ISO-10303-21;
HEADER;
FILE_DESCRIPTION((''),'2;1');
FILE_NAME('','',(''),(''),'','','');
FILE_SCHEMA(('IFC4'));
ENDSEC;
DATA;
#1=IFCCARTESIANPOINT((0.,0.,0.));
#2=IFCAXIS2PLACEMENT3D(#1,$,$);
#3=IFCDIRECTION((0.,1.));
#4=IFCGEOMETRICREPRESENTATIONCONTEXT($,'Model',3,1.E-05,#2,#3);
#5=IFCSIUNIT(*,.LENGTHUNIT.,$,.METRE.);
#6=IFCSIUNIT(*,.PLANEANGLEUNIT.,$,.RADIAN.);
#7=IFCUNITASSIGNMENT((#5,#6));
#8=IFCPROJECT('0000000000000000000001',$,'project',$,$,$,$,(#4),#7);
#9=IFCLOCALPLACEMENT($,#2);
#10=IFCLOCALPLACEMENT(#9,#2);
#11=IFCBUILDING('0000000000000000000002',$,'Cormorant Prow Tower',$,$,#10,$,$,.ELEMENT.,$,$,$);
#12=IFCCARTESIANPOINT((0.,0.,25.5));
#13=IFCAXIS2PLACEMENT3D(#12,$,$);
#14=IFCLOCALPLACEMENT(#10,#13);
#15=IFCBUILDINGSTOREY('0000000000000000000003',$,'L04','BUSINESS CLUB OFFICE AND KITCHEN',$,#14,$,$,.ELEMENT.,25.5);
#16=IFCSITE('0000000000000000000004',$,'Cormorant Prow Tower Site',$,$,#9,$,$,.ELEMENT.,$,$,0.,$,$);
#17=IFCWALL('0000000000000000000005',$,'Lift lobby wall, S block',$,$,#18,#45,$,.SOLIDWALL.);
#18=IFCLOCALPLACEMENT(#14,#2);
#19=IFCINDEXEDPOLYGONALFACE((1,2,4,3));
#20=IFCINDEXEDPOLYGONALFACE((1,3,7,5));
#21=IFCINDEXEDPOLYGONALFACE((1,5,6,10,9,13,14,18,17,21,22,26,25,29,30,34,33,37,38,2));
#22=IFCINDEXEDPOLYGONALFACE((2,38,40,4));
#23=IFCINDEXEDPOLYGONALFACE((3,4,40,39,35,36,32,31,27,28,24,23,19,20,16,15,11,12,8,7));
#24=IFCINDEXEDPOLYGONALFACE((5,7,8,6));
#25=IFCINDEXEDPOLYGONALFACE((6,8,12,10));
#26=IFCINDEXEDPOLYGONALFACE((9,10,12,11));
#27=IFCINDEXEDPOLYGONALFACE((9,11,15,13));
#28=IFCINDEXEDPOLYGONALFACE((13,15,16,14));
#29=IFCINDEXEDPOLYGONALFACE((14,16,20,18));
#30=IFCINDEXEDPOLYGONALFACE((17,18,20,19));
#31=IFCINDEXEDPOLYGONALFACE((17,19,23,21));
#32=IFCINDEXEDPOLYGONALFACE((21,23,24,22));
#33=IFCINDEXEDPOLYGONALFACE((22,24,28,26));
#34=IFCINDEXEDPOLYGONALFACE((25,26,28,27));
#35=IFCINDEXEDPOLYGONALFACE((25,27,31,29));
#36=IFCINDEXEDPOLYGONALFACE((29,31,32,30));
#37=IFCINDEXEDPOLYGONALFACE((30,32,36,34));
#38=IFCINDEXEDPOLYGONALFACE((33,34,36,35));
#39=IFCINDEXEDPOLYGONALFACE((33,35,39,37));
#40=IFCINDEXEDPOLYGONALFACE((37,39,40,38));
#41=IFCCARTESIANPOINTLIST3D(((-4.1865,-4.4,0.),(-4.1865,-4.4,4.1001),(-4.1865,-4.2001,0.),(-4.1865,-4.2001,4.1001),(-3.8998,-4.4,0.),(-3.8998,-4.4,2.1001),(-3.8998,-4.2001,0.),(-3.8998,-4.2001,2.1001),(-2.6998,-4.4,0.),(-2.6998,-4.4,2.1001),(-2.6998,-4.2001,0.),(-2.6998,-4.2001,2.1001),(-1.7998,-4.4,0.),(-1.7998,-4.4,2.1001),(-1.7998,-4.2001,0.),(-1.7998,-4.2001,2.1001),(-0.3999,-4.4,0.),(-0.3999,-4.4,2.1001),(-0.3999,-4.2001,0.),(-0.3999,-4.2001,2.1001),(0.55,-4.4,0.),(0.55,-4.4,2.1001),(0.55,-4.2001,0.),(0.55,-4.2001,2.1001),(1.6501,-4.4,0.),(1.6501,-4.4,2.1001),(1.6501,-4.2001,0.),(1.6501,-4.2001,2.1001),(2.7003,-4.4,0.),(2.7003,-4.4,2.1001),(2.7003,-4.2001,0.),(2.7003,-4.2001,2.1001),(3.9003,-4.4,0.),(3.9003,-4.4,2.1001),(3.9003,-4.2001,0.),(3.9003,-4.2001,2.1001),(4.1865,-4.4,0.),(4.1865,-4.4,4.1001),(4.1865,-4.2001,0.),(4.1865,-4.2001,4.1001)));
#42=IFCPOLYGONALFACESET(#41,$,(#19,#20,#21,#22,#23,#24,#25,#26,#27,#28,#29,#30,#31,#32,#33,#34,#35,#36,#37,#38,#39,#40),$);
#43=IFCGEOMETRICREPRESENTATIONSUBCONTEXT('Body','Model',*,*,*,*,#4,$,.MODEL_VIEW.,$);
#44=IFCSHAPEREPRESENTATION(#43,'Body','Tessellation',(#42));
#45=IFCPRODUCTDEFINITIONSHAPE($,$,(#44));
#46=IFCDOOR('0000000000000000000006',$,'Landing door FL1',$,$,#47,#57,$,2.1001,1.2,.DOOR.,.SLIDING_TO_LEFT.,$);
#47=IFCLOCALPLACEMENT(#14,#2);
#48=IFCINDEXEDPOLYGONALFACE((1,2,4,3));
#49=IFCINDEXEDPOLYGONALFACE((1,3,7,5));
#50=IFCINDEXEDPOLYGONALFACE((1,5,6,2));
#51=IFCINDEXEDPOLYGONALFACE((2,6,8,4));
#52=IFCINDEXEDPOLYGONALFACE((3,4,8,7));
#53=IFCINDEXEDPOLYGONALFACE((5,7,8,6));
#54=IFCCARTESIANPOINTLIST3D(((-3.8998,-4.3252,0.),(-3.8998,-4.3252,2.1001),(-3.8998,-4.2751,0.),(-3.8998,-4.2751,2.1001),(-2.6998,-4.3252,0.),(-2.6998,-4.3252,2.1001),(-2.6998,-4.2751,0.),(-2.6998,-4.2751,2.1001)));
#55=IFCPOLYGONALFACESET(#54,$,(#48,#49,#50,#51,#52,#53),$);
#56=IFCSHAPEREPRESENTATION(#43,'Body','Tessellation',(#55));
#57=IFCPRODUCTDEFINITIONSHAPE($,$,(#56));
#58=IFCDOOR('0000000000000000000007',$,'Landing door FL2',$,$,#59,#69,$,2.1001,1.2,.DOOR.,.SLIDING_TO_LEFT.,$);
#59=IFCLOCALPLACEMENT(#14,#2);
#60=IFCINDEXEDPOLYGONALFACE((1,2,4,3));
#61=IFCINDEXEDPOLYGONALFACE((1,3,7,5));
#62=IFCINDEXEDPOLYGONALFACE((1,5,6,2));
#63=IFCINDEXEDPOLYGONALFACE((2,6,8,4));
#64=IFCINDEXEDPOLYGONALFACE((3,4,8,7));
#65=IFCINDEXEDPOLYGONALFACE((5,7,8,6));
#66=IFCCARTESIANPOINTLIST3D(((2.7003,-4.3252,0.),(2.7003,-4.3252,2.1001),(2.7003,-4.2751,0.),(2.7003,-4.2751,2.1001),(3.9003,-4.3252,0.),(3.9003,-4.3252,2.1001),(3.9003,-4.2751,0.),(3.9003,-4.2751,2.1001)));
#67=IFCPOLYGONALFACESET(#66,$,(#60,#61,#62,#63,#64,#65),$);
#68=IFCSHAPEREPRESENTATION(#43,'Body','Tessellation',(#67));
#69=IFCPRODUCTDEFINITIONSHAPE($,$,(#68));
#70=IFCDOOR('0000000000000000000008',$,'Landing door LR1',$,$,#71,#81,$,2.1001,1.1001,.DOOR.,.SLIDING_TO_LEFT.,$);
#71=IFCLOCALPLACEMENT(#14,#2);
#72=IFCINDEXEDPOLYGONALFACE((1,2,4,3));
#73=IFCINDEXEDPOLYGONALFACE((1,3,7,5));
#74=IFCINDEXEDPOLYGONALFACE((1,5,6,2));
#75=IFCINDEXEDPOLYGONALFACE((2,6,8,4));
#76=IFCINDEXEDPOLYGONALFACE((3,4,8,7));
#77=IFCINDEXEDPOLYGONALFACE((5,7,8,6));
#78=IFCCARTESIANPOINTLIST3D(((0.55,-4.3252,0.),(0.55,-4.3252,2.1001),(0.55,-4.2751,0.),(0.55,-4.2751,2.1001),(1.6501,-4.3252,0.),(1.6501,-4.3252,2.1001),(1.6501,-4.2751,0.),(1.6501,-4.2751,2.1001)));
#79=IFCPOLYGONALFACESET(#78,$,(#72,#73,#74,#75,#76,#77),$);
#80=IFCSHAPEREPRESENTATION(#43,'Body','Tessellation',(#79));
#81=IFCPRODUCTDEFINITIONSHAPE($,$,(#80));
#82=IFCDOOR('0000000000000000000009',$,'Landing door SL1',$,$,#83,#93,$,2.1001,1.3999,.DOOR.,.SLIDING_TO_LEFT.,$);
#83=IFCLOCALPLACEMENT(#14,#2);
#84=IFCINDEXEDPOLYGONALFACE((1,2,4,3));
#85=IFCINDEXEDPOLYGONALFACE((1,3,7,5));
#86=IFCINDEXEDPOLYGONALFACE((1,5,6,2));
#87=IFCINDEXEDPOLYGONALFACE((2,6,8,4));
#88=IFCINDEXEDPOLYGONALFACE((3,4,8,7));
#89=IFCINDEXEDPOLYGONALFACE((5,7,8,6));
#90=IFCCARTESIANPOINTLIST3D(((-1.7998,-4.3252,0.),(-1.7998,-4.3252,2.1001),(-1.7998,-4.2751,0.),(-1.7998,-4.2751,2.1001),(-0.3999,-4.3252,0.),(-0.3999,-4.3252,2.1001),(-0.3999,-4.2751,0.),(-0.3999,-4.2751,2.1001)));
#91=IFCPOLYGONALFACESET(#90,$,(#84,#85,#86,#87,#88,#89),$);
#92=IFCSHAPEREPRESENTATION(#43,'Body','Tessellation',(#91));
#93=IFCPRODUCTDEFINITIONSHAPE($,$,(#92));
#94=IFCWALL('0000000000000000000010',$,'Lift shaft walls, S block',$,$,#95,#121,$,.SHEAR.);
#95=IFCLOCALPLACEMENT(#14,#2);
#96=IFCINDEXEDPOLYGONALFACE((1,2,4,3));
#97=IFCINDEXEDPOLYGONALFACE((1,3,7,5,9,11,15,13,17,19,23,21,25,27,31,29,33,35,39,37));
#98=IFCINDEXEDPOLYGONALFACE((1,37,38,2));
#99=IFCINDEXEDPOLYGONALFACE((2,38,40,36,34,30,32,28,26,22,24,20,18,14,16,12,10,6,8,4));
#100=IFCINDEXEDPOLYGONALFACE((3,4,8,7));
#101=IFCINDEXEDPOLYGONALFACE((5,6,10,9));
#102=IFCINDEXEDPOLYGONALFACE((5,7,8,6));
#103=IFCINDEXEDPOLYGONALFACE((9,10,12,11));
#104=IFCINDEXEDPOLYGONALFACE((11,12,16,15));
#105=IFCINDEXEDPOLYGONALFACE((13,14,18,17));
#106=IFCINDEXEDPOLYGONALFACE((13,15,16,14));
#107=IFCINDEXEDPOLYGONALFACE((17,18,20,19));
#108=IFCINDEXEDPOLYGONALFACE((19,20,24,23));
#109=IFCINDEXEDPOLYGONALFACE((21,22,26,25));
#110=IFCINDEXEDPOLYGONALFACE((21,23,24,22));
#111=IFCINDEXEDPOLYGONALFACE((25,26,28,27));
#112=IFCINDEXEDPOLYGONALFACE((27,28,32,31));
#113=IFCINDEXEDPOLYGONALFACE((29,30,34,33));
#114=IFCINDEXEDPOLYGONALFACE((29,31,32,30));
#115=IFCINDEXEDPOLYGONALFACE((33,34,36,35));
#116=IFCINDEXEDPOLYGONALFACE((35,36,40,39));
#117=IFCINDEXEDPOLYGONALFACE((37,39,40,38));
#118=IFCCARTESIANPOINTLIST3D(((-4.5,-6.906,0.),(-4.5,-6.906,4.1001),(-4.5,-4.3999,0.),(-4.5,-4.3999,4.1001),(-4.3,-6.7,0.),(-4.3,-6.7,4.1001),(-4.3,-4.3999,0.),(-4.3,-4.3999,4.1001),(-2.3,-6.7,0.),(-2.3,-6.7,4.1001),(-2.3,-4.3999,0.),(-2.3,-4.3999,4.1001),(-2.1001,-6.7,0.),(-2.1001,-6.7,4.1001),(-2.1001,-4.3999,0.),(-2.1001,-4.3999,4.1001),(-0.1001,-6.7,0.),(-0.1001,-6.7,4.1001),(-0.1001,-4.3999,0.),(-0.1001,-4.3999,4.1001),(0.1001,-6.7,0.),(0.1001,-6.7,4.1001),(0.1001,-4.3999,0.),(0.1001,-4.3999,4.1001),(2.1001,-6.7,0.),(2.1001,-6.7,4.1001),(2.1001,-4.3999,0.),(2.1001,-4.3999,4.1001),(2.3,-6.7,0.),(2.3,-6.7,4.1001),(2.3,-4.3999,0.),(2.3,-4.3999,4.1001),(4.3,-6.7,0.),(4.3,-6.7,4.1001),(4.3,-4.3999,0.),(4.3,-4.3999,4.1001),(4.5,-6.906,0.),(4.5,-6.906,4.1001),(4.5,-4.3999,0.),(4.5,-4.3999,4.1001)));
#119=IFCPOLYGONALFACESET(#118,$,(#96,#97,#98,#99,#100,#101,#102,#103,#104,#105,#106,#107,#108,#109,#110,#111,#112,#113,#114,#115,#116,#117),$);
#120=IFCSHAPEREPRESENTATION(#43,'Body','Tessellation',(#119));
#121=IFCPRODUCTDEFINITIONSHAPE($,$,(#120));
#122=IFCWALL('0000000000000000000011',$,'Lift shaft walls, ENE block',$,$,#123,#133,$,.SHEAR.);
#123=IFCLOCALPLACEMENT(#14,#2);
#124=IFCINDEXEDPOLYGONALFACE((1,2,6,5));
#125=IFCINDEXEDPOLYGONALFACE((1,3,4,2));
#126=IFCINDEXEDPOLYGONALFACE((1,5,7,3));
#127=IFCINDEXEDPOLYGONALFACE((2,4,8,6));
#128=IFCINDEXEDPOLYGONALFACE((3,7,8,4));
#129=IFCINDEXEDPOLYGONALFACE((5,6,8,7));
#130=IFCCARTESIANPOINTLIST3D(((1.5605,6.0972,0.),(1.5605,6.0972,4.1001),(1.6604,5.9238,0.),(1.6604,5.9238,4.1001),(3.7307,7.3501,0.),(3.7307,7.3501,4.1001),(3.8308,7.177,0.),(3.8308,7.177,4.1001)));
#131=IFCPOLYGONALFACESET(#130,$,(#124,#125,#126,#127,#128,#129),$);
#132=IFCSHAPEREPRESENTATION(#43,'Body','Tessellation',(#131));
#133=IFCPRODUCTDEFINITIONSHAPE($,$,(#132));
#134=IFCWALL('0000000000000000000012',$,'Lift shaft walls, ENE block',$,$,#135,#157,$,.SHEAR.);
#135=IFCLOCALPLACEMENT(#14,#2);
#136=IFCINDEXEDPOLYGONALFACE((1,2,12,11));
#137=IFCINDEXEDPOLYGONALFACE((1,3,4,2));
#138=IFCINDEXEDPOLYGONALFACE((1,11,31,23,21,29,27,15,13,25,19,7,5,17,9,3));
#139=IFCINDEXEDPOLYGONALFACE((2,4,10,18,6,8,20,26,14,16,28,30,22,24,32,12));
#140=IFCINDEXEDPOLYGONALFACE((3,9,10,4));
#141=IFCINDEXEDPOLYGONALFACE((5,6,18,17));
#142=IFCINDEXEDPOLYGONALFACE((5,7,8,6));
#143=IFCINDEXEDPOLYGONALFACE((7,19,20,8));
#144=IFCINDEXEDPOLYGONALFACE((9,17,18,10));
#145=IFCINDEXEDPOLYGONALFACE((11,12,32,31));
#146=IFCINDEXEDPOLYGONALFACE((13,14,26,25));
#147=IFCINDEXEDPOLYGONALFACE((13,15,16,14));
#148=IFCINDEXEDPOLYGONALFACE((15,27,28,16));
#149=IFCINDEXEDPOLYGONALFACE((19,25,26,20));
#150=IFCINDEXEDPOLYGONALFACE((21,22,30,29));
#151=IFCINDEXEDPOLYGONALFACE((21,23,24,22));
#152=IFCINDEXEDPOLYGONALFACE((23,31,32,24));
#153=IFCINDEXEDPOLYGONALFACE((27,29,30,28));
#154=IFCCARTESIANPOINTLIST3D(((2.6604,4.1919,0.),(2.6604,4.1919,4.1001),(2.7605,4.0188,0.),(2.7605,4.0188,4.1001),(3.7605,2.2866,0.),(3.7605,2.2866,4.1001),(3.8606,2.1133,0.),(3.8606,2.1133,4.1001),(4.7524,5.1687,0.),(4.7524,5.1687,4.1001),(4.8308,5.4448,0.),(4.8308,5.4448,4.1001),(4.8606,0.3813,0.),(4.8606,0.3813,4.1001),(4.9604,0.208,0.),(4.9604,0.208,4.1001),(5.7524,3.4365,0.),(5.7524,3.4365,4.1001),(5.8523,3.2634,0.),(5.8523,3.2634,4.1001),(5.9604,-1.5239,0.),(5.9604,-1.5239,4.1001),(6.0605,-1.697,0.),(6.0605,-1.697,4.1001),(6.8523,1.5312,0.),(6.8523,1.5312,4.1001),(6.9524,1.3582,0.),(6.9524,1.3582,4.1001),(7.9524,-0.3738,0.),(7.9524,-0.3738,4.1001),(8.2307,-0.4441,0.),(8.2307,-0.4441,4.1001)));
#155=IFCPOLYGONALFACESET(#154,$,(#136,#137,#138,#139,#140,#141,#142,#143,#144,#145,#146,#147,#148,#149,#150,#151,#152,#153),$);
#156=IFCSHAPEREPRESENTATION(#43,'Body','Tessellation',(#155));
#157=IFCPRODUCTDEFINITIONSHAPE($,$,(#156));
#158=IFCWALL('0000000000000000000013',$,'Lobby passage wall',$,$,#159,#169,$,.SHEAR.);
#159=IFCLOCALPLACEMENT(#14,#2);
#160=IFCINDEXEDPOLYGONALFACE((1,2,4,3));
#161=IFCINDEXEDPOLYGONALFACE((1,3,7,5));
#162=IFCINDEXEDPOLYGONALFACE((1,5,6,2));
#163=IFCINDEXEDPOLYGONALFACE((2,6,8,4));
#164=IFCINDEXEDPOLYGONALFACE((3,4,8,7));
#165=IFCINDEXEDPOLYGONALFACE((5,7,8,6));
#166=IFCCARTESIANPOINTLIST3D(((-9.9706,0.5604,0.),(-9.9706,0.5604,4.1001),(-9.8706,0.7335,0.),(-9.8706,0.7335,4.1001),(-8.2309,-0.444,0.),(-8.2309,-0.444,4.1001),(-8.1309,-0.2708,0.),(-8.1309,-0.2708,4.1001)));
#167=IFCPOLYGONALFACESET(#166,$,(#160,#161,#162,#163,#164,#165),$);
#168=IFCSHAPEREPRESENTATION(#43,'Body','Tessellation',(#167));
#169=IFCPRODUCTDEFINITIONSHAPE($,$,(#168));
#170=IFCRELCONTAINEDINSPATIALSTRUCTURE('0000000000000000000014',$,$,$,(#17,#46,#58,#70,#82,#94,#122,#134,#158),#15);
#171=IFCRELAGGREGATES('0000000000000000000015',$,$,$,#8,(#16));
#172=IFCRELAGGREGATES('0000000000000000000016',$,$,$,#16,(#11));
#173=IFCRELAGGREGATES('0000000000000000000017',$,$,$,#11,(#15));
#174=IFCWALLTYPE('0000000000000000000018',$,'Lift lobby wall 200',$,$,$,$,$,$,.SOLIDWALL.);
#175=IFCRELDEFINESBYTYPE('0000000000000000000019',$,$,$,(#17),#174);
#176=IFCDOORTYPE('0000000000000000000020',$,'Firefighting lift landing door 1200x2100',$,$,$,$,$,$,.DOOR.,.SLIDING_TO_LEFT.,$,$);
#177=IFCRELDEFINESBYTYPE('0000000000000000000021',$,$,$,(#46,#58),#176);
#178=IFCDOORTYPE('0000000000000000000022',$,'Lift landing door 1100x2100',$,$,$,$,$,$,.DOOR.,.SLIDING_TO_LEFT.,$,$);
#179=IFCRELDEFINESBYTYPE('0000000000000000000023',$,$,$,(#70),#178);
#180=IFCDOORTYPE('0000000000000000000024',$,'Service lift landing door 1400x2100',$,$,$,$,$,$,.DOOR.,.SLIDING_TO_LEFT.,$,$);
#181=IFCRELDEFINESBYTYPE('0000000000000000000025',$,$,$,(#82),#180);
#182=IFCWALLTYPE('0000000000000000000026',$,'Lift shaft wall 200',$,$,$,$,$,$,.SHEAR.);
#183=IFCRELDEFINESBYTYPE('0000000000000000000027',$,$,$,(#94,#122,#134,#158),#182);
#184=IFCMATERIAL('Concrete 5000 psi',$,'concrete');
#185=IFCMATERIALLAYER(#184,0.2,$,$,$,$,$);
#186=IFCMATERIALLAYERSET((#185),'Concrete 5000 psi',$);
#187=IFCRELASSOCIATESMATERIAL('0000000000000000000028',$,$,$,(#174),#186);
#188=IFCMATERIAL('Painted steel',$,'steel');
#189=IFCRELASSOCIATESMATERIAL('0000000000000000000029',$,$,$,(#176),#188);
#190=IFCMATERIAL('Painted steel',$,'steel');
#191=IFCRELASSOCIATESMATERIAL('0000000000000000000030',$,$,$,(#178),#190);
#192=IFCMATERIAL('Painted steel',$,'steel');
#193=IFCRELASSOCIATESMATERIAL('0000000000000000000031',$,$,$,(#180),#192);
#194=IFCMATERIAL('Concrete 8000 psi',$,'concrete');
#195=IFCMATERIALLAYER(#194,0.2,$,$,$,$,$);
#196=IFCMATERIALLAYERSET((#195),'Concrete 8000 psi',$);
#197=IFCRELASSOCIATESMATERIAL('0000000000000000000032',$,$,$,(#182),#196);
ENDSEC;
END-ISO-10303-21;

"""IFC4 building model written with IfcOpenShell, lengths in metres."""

from ifc_helpers import new_model, si_unit, direction, frame, frame_2d, origin, place, context, subcontext, project, spatial, polyline, rectangle, outline, extrude, material, layer, layer_set, type_object, element, fill, save


model = new_model("IFC4")

# Units and contexts
model_context = context("Model", 3, precision=1e-05, world=origin(), true_north=direction((0.0, 1.0)))
body_context = subcontext(model_context, "Body", "Model", "MODEL_VIEW")
ifc_project = project(units=[si_unit("LENGTHUNIT", "METRE"), si_unit("PLANEANGLEUNIT", "RADIAN")], contexts=[model_context])

# Site, building, storey
site_placement = place(None, origin())
site = spatial("IfcSite", under=ifc_project, at=site_placement, Name="Cormorant Prow Tower Site", CompositionType="ELEMENT", RefElevation=0.0)
building_placement = place(site_placement, origin())
building = spatial("IfcBuilding", under=site, at=building_placement, Name="Cormorant Prow Tower", CompositionType="ELEMENT")
storey_placement = place(building_placement, frame((0.0, 0.0, 25.5)))
storey = spatial("IfcBuildingStorey", under=building, at=storey_placement, Name="L04", Description="BUSINESS CLUB OFFICE AND KITCHEN", CompositionType="ELEMENT", Elevation=25.5)

# Wall, openings, doors
ifc_material_1 = material(Name="Concrete 5000 psi", Category="concrete")
ifc_layer_1 = layer(ifc_material_1, 0.2)
ifc_layer_set_1 = layer_set([ifc_layer_1], Name="Concrete 5000 psi")
wall_type_1 = type_object("IfcWallType", Name="Lift lobby wall 200", PredefinedType="SOLIDWALL", material=ifc_layer_set_1)
wall_1_placement = place(storey_placement, frame((-4.1865, -4.3, 0.0), z_axis=(0.0, 0.0, 1.0), x_axis=(1.0, 0.0, 0.0)))
wall_1 = element("IfcWall", 1, at=wall_1_placement, inside=storey, type_object=wall_type_1, Name="Lift lobby wall, S block", PredefinedType="SOLIDWALL", context=body_context, shape_type="SweptSolid", body=[
    extrude(rectangle(XDim=8.373, YDim=0.2, at=frame_2d((4.1865, 0.0))), origin(), (0.0, 0.0, 1.0), 4.1001),
])
opening_1_placement = place(wall_1_placement, frame((0.2866, 0.0, 0.0)))
opening_1 = element("IfcOpeningElement", 2, at=opening_1_placement, cuts=wall_1, PredefinedType="OPENING", context=body_context, shape_type="SweptSolid", body=[
    extrude(rectangle(XDim=1.2, YDim=2.1001, at=frame_2d((0.6001, 1.05))), frame((0.0, 0.1099, 0.0), z_axis=(0.0, -1.0, 0.0), x_axis=(1.0, 0.0, 0.0)), (0.0, 0.0, 1.0), 0.22),
])
opening_2_placement = place(wall_1_placement, frame((2.3867, 0.0, 0.0)))
opening_2 = element("IfcOpeningElement", 3, at=opening_2_placement, cuts=wall_1, PredefinedType="OPENING", context=body_context, shape_type="SweptSolid", body=[
    extrude(rectangle(XDim=1.3999, YDim=2.1001, at=frame_2d((0.7, 1.05))), frame((0.0, 0.1099, 0.0), z_axis=(0.0, -1.0, 0.0), x_axis=(1.0, 0.0, 0.0)), (0.0, 0.0, 1.0), 0.22),
])
opening_3_placement = place(wall_1_placement, frame((4.7366, 0.0, 0.0)))
opening_3 = element("IfcOpeningElement", 4, at=opening_3_placement, cuts=wall_1, PredefinedType="OPENING", context=body_context, shape_type="SweptSolid", body=[
    extrude(rectangle(XDim=1.1001, YDim=2.1001, at=frame_2d((0.55, 1.05))), frame((0.0, 0.1099, 0.0), z_axis=(0.0, -1.0, 0.0), x_axis=(1.0, 0.0, 0.0)), (0.0, 0.0, 1.0), 0.22),
])
opening_4_placement = place(wall_1_placement, frame((6.8867, 0.0, 0.0)))
opening_4 = element("IfcOpeningElement", 5, at=opening_4_placement, cuts=wall_1, PredefinedType="OPENING", context=body_context, shape_type="SweptSolid", body=[
    extrude(rectangle(XDim=1.2, YDim=2.1001, at=frame_2d((0.6001, 1.05))), frame((0.0, 0.1099, 0.0), z_axis=(0.0, -1.0, 0.0), x_axis=(1.0, 0.0, 0.0)), (0.0, 0.0, 1.0), 0.22),
])
ifc_material_2 = material(Name="Painted steel", Category="steel")
door_type_1 = type_object("IfcDoorType", Name="Firefighting lift landing door 1200x2100", OperationType="SLIDING_TO_LEFT", PredefinedType="DOOR", material=ifc_material_2)
door_1_placement = place(opening_1_placement, origin())
door_1 = element("IfcDoor", 6, at=door_1_placement, inside=storey, type_object=door_type_1, Name="Landing door FL1", OperationType="SLIDING_TO_LEFT", OverallHeight=2.1001, OverallWidth=1.2, PredefinedType="DOOR", context=body_context, shape_type="SweptSolid", body=[
    extrude(rectangle(XDim=1.2, YDim=2.1001, at=frame_2d((0.6001, 1.05))), frame((0.0, 0.0249, 0.0), z_axis=(0.0, -1.0, 0.0), x_axis=(1.0, 0.0, 0.0)), (0.0, 0.0, 1.0), 0.05),
])
fill(opening_1, door_1)
door_2_placement = place(opening_4_placement, origin())
door_2 = element("IfcDoor", 7, at=door_2_placement, inside=storey, type_object=door_type_1, Name="Landing door FL2", OperationType="SLIDING_TO_LEFT", OverallHeight=2.1001, OverallWidth=1.2, PredefinedType="DOOR", context=body_context, shape_type="SweptSolid", body=[
    extrude(rectangle(XDim=1.2, YDim=2.1001, at=frame_2d((0.6001, 1.05))), frame((0.0, 0.0249, 0.0), z_axis=(0.0, -1.0, 0.0), x_axis=(1.0, 0.0, 0.0)), (0.0, 0.0, 1.0), 0.05),
])
fill(opening_4, door_2)
ifc_material_3 = material(Name="Painted steel", Category="steel")
door_type_2 = type_object("IfcDoorType", Name="Lift landing door 1100x2100", OperationType="SLIDING_TO_LEFT", PredefinedType="DOOR", material=ifc_material_3)
door_3_placement = place(opening_3_placement, origin())
door_3 = element("IfcDoor", 8, at=door_3_placement, inside=storey, type_object=door_type_2, Name="Landing door LR1", OperationType="SLIDING_TO_LEFT", OverallHeight=2.1001, OverallWidth=1.1001, PredefinedType="DOOR", context=body_context, shape_type="SweptSolid", body=[
    extrude(rectangle(XDim=1.1001, YDim=2.1001, at=frame_2d((0.55, 1.05))), frame((0.0, 0.0249, 0.0), z_axis=(0.0, -1.0, 0.0), x_axis=(1.0, 0.0, 0.0)), (0.0, 0.0, 1.0), 0.05),
])
fill(opening_3, door_3)
ifc_material_4 = material(Name="Painted steel", Category="steel")
door_type_3 = type_object("IfcDoorType", Name="Service lift landing door 1400x2100", OperationType="SLIDING_TO_LEFT", PredefinedType="DOOR", material=ifc_material_4)
door_4_placement = place(opening_2_placement, origin())
door_4 = element("IfcDoor", 9, at=door_4_placement, inside=storey, type_object=door_type_3, Name="Landing door SL1", OperationType="SLIDING_TO_LEFT", OverallHeight=2.1001, OverallWidth=1.3999, PredefinedType="DOOR", context=body_context, shape_type="SweptSolid", body=[
    extrude(rectangle(XDim=1.3999, YDim=2.1001, at=frame_2d((0.7, 1.05))), frame((0.0, 0.0249, 0.0), z_axis=(0.0, -1.0, 0.0), x_axis=(1.0, 0.0, 0.0)), (0.0, 0.0, 1.0), 0.05),
])
fill(opening_2, door_4)

# Walls
ifc_material_5 = material(Name="Concrete 8000 psi", Category="concrete")
ifc_layer_2 = layer(ifc_material_5, 0.2)
ifc_layer_set_2 = layer_set([ifc_layer_2], Name="Concrete 8000 psi")
wall_type_2 = type_object("IfcWallType", Name="Lift shaft wall 200", PredefinedType="SHEAR", material=ifc_layer_set_2)
wall_2_placement = place(storey_placement, origin())
element("IfcWall", 10, at=wall_2_placement, inside=storey, type_object=wall_type_2, Name="Lift shaft walls, S block", PredefinedType="SHEAR", context=body_context, shape_type="SweptSolid", body=[
    extrude(outline(polyline([(4.5, -4.3999), (4.5, -6.906), (-4.5, -6.906), (-4.5, -4.3999), (-4.3, -4.3999), (-4.3, -6.7), (-2.3, -6.7), (-2.3, -4.3999), (-2.1001, -4.3999), (-2.1001, -6.7), (-0.1001, -6.7), (-0.1001, -4.3999), (0.1001, -4.3999), (0.1001, -6.7), (2.1001, -6.7), (2.1001, -4.3999), (2.3, -4.3999), (2.3, -6.7), (4.3, -6.7), (4.3, -4.3999), (4.5, -4.3999)])), origin(), (0.0, 0.0, 1.0), 4.1001),
])
wall_3_placement = place(storey_placement, origin())
element("IfcWall", 11, at=wall_3_placement, inside=storey, type_object=wall_type_2, Name="Lift shaft walls, ENE block", PredefinedType="SHEAR", context=body_context, shape_type="SweptSolid", body=[
    extrude(outline(polyline([(1.5605, 6.0972), (3.7307, 7.3501), (3.8308, 7.177), (1.6604, 5.9238), (1.5605, 6.0972)])), origin(), (0.0, 0.0, 1.0), 4.1001),
])
wall_4_placement = place(storey_placement, origin())
element("IfcWall", 12, at=wall_4_placement, inside=storey, type_object=wall_type_2, Name="Lift shaft walls, ENE block", PredefinedType="SHEAR", context=body_context, shape_type="SweptSolid", body=[
    extrude(outline(polyline([(2.6604, 4.1919), (4.8308, 5.4448), (8.2307, -0.4441), (6.0605, -1.697), (5.9604, -1.5239), (7.9524, -0.3738), (6.9524, 1.3582), (4.9604, 0.208), (4.8606, 0.3813), (6.8523, 1.5312), (5.8523, 3.2634), (3.8606, 2.1133), (3.7605, 2.2866), (5.7524, 3.4365), (4.7524, 5.1687), (2.7605, 4.0188), (2.6604, 4.1919)])), origin(), (0.0, 0.0, 1.0), 4.1001),
])
wall_5_placement = place(storey_placement, frame((-8.1809, -0.3574, 0.0), z_axis=(0.0, 0.0, 1.0), x_axis=(-0.866036, 0.499982, 0.0)))
element("IfcWall", 13, at=wall_5_placement, inside=storey, type_object=wall_type_2, Name="Lobby passage wall", PredefinedType="SHEAR", context=body_context, shape_type="SweptSolid", body=[
    extrude(rectangle(XDim=2.0088, YDim=0.2, at=frame_2d((1.0044, 0.0))), origin(), (0.0, 0.0, 1.0), 4.1001),
])

save(model, "model.ifc")
